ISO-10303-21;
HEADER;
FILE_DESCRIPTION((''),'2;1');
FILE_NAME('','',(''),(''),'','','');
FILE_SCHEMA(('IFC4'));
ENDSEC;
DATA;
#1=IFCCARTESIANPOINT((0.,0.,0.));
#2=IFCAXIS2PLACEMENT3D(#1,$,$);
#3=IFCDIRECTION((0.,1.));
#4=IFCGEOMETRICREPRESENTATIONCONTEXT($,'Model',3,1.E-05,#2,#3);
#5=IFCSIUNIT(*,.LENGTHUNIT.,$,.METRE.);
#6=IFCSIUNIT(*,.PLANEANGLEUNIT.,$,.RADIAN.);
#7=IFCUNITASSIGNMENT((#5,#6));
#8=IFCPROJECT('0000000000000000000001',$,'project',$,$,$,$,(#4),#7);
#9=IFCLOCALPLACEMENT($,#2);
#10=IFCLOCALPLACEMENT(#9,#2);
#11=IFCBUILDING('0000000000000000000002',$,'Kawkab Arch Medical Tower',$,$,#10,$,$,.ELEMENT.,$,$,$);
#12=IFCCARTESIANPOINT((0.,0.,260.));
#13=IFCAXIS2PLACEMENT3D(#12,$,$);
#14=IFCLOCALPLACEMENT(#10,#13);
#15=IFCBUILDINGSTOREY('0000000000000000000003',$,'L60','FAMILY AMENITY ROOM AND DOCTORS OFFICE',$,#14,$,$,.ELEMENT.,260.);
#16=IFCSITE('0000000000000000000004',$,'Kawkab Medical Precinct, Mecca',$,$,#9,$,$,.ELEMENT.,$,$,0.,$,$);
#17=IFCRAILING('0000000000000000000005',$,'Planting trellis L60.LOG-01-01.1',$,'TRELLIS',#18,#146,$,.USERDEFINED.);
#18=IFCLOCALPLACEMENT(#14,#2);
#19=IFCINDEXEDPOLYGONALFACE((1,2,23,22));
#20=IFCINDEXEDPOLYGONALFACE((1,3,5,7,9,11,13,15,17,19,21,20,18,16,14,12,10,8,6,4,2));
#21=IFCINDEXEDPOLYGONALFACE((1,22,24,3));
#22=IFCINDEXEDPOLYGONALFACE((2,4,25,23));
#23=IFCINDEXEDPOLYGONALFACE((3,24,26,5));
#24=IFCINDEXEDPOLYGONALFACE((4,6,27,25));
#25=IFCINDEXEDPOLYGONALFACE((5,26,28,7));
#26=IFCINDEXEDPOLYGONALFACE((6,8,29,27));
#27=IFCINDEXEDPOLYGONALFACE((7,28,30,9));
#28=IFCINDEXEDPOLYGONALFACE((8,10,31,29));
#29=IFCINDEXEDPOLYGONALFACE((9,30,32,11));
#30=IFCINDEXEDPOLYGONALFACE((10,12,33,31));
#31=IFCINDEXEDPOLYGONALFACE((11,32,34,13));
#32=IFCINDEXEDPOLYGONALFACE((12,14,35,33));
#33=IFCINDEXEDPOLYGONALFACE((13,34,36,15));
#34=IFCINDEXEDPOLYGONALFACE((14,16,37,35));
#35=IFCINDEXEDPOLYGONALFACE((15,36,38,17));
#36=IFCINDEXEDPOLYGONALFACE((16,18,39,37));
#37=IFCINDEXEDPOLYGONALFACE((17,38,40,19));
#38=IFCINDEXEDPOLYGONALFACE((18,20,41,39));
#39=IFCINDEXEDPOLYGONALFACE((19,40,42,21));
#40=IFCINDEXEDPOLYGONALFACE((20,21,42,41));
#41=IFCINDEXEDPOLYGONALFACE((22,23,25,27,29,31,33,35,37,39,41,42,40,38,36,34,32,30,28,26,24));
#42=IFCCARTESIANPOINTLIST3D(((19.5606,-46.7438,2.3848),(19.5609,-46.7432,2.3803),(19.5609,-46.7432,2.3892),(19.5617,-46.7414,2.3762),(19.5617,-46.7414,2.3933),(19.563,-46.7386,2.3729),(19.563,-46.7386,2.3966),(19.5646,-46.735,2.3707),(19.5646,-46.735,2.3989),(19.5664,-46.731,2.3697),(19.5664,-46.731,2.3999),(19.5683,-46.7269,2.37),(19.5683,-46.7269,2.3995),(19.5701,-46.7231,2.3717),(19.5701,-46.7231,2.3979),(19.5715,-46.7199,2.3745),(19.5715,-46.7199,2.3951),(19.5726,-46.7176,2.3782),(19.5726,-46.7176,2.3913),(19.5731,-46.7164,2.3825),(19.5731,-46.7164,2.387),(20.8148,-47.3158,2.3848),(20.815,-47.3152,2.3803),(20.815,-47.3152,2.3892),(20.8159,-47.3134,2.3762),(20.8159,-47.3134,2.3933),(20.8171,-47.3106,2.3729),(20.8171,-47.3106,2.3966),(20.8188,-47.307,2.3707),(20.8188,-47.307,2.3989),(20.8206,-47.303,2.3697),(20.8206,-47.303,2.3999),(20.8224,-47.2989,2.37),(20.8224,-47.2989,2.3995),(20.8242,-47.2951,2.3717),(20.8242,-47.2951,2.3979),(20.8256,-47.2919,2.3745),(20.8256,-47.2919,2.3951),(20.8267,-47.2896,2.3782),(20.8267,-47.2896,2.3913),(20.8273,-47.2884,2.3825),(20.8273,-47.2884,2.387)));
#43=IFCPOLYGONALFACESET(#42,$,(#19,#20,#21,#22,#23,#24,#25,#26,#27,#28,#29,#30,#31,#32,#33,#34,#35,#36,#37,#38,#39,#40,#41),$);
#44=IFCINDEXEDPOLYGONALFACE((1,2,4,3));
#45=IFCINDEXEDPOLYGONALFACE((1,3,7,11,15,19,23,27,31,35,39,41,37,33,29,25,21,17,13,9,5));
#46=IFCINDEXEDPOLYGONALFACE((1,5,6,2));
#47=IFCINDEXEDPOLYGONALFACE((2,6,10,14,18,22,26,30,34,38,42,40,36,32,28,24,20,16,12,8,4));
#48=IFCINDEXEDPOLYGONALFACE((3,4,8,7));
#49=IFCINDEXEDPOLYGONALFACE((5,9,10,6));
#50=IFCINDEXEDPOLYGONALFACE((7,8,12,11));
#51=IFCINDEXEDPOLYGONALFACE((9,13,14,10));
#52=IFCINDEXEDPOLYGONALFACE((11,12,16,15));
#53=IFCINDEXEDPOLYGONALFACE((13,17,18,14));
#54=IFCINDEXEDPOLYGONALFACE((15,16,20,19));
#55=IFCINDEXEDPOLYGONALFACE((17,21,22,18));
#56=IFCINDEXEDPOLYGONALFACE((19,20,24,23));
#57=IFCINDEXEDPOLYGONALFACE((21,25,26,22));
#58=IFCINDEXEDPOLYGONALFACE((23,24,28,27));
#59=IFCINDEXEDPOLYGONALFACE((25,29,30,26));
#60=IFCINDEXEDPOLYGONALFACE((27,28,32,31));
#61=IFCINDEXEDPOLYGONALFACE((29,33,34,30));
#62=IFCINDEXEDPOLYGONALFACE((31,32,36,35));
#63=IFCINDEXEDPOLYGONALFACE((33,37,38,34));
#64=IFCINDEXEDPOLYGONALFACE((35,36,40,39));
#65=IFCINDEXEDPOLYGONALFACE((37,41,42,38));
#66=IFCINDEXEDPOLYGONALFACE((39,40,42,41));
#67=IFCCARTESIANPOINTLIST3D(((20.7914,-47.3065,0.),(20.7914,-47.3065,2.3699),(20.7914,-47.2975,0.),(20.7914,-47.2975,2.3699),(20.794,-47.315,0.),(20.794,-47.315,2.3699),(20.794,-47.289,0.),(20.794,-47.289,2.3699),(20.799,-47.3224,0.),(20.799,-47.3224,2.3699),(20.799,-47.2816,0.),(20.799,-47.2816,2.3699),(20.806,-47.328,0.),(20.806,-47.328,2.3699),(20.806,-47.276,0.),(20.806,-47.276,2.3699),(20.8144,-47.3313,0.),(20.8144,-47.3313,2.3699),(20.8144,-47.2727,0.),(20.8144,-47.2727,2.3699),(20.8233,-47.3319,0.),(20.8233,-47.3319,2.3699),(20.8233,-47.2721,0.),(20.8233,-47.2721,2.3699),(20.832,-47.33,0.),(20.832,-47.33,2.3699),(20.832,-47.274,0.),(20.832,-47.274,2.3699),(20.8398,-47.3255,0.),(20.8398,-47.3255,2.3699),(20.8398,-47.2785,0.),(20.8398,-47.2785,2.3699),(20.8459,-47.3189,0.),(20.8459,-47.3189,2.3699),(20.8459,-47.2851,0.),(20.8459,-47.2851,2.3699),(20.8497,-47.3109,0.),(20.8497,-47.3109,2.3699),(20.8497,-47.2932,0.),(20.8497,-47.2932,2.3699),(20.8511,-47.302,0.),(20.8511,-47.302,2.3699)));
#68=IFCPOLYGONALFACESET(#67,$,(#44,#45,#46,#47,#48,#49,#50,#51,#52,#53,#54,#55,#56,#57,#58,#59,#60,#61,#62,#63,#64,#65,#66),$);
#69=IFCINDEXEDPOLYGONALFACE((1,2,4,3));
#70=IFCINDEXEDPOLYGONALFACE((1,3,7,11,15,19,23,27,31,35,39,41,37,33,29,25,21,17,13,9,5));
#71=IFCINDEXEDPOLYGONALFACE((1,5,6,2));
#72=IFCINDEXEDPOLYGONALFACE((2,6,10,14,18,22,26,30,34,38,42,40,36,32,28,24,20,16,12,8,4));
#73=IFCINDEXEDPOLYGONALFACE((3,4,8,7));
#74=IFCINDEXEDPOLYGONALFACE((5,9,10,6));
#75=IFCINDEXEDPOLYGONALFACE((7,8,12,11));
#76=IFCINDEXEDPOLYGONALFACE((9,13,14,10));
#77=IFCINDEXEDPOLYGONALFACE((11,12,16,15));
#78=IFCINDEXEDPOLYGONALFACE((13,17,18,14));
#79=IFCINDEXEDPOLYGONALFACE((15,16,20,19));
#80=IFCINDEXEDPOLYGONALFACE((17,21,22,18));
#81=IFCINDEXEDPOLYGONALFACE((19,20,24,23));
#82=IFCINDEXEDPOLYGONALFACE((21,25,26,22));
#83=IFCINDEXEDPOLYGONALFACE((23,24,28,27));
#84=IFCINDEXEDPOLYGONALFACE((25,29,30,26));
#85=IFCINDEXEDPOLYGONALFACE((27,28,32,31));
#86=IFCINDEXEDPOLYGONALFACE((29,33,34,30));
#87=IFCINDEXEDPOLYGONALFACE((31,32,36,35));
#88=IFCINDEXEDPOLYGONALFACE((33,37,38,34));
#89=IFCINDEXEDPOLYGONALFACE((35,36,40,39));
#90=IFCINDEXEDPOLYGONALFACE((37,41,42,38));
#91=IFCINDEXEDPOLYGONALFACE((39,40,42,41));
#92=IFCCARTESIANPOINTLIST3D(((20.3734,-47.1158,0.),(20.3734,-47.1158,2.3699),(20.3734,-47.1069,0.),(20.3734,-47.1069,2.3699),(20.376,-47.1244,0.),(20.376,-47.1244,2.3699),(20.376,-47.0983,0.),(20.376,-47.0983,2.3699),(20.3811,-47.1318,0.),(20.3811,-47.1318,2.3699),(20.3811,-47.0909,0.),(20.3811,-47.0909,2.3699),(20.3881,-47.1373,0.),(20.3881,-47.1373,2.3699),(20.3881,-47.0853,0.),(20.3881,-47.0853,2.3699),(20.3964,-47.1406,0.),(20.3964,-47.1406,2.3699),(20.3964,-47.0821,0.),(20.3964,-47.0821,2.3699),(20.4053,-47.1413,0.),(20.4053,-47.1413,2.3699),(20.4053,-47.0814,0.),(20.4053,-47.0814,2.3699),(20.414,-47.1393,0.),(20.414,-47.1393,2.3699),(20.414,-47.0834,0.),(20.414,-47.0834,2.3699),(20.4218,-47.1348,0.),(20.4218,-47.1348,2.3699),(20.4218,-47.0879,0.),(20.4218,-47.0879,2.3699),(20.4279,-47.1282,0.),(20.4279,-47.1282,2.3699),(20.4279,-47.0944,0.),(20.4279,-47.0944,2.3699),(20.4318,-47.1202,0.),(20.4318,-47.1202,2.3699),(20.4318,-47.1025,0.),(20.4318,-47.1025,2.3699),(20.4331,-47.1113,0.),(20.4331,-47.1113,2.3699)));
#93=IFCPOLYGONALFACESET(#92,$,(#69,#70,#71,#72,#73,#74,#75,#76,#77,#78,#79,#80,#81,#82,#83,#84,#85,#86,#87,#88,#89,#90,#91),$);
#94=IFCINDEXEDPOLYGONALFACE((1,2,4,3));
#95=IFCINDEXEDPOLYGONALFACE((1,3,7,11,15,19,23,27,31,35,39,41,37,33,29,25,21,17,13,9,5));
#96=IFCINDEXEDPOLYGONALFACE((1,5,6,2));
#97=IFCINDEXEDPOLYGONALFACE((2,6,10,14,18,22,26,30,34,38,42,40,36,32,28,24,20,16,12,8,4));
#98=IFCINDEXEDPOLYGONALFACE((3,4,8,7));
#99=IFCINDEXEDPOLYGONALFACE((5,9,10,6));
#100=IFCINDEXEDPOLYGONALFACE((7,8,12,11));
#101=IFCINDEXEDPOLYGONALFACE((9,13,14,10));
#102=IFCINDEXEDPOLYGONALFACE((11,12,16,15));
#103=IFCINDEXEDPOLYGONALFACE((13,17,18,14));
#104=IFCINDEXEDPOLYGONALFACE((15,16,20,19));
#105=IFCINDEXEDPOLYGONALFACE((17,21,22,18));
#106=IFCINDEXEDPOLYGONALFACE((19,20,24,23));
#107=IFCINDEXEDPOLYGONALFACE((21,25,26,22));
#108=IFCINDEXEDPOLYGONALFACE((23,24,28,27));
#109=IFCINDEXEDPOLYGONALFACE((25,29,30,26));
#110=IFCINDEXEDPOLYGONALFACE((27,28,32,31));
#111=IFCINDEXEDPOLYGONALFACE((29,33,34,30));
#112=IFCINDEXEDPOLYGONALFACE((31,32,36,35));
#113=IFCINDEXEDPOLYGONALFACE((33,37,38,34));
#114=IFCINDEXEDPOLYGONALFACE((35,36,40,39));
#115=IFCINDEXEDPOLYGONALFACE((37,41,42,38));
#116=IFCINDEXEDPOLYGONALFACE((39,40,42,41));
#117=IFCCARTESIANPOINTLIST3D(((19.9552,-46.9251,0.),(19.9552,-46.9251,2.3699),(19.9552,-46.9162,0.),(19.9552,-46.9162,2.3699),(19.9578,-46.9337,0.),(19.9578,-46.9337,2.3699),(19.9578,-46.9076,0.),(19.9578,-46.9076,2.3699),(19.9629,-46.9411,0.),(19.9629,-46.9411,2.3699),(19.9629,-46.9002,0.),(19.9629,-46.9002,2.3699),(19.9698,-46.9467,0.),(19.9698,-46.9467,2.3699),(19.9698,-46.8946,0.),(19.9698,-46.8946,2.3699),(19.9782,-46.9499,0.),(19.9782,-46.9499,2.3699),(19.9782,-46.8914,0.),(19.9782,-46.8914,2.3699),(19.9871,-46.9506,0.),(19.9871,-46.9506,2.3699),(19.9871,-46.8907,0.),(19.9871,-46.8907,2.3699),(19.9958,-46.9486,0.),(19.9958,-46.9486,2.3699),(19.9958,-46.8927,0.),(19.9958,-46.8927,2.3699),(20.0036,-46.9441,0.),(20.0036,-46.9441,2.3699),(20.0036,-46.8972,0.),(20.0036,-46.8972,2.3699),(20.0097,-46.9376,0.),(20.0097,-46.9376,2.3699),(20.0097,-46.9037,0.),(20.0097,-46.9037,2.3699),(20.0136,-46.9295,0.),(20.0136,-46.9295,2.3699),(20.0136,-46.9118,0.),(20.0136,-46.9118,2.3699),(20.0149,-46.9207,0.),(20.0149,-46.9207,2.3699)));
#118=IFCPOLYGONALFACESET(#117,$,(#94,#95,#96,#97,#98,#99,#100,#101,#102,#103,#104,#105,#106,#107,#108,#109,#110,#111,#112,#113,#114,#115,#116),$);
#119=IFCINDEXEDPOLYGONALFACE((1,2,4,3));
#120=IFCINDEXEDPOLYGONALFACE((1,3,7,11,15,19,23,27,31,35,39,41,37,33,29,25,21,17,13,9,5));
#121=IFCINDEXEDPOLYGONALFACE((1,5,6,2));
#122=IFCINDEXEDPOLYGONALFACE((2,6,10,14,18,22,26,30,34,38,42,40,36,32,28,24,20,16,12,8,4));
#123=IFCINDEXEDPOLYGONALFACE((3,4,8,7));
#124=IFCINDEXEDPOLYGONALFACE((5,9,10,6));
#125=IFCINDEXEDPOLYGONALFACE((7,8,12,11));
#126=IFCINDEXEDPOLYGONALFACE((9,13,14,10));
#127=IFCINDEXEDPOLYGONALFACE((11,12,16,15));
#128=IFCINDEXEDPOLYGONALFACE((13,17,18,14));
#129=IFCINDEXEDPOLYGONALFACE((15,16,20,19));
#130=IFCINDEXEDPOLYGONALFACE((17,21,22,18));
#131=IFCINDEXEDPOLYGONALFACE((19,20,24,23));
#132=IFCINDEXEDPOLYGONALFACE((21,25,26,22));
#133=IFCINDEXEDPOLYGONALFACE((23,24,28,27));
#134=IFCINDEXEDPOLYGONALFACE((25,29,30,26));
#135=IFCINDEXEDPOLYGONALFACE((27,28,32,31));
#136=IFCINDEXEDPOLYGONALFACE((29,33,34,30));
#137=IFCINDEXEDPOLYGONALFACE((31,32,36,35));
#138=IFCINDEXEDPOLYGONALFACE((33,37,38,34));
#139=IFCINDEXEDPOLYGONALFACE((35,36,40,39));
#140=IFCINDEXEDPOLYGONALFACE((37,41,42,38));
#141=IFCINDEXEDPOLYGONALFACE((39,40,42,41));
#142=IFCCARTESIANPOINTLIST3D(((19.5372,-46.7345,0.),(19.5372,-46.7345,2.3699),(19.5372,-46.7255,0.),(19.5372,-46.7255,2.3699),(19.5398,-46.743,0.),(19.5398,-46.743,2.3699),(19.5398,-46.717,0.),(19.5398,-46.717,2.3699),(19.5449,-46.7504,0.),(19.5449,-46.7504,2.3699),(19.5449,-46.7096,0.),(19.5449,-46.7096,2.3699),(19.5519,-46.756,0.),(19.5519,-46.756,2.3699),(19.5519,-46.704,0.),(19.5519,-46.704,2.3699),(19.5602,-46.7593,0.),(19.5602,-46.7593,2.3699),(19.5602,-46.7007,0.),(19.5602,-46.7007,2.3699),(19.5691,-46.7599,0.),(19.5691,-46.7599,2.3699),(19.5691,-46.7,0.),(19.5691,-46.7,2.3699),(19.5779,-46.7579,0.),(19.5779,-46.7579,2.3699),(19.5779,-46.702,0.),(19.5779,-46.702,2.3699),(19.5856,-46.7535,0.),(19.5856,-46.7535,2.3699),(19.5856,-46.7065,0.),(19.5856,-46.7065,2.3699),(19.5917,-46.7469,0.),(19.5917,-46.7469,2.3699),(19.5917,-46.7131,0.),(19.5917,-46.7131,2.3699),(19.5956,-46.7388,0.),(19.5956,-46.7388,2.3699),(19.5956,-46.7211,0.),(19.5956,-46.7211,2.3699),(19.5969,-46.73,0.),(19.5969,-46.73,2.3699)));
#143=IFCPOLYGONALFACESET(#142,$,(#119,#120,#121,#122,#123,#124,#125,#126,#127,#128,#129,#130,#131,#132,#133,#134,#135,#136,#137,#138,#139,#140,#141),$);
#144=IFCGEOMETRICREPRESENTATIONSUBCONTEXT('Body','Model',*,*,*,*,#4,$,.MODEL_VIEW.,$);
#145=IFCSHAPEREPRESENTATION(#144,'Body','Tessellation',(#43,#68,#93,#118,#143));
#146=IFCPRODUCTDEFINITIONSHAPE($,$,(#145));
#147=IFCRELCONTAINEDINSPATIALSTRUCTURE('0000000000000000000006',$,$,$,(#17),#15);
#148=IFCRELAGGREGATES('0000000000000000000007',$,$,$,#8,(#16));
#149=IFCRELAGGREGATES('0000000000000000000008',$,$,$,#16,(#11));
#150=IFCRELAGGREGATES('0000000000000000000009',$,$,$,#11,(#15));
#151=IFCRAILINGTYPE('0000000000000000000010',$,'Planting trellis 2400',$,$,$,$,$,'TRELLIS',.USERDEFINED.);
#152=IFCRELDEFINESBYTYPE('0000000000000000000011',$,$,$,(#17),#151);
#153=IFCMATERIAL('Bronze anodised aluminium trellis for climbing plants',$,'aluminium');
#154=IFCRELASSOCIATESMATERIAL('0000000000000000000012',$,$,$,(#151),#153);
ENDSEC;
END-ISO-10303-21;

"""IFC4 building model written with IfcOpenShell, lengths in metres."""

from ifc_helpers import new_model, si_unit, direction, frame, origin, origin_2d, place, context, subcontext, project, spatial, circle, extrude, material, type_object, element, save


model = new_model("IFC4")

# Units and contexts
model_context = context("Model", 3, precision=1e-05, world=origin(), true_north=direction((0.0, 1.0)))
body_context = subcontext(model_context, "Body", "Model", "MODEL_VIEW")
ifc_project = project(units=[si_unit("LENGTHUNIT", "METRE"), si_unit("PLANEANGLEUNIT", "RADIAN")], contexts=[model_context])

# Site, building, storey
site_placement = place(None, origin())
site = spatial("IfcSite", under=ifc_project, at=site_placement, Name="Kawkab Medical Precinct, Mecca", CompositionType="ELEMENT", RefElevation=0.0)
building_placement = place(site_placement, origin())
building = spatial("IfcBuilding", under=site, at=building_placement, Name="Kawkab Arch Medical Tower", CompositionType="ELEMENT")
storey_placement = place(building_placement, frame((0.0, 0.0, 260.0)))
storey = spatial("IfcBuildingStorey", under=building, at=storey_placement, Name="L60", Description="FAMILY AMENITY ROOM AND DOCTORS OFFICE", CompositionType="ELEMENT", Elevation=260.0)

# Railing
ifc_material_1 = material(Name="Bronze anodised aluminium trellis for climbing plants", Category="aluminium")
railing_type_1 = type_object("IfcRailingType", Name="Planting trellis 2400", ElementType="TRELLIS", PredefinedType="USERDEFINED", material=ifc_material_1)
railing_1_placement = place(storey_placement, frame((20.821, -47.302, 0.0)))
element("IfcRailing", 1, at=railing_1_placement, inside=storey, type_object=railing_type_1, Name="Planting trellis L60.LOG-01-01.1", ObjectType="TRELLIS", PredefinedType="USERDEFINED", context=body_context, shape_type="SweptSolid", body=[
    extrude(circle(Radius=0.0151, at=origin_2d()), frame((0.0, 0.0, 2.3848), z_axis=(-0.909832, 0.414977, 0.0), x_axis=(-0.414977, -0.909832, 0.0)), (0.0, 0.0, 1.0), 1.3784),
    extrude(circle(Radius=0.03, at=origin_2d()), origin(), (0.0, 0.0, 1.0), 2.3699),
    extrude(circle(Radius=0.03, at=origin_2d()), frame((-0.418, 0.1907, 0.0)), (0.0, 0.0, 1.0), 2.3699),
    extrude(circle(Radius=0.03, at=origin_2d()), frame((-0.8362, 0.3813, 0.0)), (0.0, 0.0, 1.0), 2.3699),
    extrude(circle(Radius=0.03, at=origin_2d()), frame((-1.2542, 0.572, 0.0)), (0.0, 0.0, 1.0), 2.3699),
])

save(model, "model.ifc")
